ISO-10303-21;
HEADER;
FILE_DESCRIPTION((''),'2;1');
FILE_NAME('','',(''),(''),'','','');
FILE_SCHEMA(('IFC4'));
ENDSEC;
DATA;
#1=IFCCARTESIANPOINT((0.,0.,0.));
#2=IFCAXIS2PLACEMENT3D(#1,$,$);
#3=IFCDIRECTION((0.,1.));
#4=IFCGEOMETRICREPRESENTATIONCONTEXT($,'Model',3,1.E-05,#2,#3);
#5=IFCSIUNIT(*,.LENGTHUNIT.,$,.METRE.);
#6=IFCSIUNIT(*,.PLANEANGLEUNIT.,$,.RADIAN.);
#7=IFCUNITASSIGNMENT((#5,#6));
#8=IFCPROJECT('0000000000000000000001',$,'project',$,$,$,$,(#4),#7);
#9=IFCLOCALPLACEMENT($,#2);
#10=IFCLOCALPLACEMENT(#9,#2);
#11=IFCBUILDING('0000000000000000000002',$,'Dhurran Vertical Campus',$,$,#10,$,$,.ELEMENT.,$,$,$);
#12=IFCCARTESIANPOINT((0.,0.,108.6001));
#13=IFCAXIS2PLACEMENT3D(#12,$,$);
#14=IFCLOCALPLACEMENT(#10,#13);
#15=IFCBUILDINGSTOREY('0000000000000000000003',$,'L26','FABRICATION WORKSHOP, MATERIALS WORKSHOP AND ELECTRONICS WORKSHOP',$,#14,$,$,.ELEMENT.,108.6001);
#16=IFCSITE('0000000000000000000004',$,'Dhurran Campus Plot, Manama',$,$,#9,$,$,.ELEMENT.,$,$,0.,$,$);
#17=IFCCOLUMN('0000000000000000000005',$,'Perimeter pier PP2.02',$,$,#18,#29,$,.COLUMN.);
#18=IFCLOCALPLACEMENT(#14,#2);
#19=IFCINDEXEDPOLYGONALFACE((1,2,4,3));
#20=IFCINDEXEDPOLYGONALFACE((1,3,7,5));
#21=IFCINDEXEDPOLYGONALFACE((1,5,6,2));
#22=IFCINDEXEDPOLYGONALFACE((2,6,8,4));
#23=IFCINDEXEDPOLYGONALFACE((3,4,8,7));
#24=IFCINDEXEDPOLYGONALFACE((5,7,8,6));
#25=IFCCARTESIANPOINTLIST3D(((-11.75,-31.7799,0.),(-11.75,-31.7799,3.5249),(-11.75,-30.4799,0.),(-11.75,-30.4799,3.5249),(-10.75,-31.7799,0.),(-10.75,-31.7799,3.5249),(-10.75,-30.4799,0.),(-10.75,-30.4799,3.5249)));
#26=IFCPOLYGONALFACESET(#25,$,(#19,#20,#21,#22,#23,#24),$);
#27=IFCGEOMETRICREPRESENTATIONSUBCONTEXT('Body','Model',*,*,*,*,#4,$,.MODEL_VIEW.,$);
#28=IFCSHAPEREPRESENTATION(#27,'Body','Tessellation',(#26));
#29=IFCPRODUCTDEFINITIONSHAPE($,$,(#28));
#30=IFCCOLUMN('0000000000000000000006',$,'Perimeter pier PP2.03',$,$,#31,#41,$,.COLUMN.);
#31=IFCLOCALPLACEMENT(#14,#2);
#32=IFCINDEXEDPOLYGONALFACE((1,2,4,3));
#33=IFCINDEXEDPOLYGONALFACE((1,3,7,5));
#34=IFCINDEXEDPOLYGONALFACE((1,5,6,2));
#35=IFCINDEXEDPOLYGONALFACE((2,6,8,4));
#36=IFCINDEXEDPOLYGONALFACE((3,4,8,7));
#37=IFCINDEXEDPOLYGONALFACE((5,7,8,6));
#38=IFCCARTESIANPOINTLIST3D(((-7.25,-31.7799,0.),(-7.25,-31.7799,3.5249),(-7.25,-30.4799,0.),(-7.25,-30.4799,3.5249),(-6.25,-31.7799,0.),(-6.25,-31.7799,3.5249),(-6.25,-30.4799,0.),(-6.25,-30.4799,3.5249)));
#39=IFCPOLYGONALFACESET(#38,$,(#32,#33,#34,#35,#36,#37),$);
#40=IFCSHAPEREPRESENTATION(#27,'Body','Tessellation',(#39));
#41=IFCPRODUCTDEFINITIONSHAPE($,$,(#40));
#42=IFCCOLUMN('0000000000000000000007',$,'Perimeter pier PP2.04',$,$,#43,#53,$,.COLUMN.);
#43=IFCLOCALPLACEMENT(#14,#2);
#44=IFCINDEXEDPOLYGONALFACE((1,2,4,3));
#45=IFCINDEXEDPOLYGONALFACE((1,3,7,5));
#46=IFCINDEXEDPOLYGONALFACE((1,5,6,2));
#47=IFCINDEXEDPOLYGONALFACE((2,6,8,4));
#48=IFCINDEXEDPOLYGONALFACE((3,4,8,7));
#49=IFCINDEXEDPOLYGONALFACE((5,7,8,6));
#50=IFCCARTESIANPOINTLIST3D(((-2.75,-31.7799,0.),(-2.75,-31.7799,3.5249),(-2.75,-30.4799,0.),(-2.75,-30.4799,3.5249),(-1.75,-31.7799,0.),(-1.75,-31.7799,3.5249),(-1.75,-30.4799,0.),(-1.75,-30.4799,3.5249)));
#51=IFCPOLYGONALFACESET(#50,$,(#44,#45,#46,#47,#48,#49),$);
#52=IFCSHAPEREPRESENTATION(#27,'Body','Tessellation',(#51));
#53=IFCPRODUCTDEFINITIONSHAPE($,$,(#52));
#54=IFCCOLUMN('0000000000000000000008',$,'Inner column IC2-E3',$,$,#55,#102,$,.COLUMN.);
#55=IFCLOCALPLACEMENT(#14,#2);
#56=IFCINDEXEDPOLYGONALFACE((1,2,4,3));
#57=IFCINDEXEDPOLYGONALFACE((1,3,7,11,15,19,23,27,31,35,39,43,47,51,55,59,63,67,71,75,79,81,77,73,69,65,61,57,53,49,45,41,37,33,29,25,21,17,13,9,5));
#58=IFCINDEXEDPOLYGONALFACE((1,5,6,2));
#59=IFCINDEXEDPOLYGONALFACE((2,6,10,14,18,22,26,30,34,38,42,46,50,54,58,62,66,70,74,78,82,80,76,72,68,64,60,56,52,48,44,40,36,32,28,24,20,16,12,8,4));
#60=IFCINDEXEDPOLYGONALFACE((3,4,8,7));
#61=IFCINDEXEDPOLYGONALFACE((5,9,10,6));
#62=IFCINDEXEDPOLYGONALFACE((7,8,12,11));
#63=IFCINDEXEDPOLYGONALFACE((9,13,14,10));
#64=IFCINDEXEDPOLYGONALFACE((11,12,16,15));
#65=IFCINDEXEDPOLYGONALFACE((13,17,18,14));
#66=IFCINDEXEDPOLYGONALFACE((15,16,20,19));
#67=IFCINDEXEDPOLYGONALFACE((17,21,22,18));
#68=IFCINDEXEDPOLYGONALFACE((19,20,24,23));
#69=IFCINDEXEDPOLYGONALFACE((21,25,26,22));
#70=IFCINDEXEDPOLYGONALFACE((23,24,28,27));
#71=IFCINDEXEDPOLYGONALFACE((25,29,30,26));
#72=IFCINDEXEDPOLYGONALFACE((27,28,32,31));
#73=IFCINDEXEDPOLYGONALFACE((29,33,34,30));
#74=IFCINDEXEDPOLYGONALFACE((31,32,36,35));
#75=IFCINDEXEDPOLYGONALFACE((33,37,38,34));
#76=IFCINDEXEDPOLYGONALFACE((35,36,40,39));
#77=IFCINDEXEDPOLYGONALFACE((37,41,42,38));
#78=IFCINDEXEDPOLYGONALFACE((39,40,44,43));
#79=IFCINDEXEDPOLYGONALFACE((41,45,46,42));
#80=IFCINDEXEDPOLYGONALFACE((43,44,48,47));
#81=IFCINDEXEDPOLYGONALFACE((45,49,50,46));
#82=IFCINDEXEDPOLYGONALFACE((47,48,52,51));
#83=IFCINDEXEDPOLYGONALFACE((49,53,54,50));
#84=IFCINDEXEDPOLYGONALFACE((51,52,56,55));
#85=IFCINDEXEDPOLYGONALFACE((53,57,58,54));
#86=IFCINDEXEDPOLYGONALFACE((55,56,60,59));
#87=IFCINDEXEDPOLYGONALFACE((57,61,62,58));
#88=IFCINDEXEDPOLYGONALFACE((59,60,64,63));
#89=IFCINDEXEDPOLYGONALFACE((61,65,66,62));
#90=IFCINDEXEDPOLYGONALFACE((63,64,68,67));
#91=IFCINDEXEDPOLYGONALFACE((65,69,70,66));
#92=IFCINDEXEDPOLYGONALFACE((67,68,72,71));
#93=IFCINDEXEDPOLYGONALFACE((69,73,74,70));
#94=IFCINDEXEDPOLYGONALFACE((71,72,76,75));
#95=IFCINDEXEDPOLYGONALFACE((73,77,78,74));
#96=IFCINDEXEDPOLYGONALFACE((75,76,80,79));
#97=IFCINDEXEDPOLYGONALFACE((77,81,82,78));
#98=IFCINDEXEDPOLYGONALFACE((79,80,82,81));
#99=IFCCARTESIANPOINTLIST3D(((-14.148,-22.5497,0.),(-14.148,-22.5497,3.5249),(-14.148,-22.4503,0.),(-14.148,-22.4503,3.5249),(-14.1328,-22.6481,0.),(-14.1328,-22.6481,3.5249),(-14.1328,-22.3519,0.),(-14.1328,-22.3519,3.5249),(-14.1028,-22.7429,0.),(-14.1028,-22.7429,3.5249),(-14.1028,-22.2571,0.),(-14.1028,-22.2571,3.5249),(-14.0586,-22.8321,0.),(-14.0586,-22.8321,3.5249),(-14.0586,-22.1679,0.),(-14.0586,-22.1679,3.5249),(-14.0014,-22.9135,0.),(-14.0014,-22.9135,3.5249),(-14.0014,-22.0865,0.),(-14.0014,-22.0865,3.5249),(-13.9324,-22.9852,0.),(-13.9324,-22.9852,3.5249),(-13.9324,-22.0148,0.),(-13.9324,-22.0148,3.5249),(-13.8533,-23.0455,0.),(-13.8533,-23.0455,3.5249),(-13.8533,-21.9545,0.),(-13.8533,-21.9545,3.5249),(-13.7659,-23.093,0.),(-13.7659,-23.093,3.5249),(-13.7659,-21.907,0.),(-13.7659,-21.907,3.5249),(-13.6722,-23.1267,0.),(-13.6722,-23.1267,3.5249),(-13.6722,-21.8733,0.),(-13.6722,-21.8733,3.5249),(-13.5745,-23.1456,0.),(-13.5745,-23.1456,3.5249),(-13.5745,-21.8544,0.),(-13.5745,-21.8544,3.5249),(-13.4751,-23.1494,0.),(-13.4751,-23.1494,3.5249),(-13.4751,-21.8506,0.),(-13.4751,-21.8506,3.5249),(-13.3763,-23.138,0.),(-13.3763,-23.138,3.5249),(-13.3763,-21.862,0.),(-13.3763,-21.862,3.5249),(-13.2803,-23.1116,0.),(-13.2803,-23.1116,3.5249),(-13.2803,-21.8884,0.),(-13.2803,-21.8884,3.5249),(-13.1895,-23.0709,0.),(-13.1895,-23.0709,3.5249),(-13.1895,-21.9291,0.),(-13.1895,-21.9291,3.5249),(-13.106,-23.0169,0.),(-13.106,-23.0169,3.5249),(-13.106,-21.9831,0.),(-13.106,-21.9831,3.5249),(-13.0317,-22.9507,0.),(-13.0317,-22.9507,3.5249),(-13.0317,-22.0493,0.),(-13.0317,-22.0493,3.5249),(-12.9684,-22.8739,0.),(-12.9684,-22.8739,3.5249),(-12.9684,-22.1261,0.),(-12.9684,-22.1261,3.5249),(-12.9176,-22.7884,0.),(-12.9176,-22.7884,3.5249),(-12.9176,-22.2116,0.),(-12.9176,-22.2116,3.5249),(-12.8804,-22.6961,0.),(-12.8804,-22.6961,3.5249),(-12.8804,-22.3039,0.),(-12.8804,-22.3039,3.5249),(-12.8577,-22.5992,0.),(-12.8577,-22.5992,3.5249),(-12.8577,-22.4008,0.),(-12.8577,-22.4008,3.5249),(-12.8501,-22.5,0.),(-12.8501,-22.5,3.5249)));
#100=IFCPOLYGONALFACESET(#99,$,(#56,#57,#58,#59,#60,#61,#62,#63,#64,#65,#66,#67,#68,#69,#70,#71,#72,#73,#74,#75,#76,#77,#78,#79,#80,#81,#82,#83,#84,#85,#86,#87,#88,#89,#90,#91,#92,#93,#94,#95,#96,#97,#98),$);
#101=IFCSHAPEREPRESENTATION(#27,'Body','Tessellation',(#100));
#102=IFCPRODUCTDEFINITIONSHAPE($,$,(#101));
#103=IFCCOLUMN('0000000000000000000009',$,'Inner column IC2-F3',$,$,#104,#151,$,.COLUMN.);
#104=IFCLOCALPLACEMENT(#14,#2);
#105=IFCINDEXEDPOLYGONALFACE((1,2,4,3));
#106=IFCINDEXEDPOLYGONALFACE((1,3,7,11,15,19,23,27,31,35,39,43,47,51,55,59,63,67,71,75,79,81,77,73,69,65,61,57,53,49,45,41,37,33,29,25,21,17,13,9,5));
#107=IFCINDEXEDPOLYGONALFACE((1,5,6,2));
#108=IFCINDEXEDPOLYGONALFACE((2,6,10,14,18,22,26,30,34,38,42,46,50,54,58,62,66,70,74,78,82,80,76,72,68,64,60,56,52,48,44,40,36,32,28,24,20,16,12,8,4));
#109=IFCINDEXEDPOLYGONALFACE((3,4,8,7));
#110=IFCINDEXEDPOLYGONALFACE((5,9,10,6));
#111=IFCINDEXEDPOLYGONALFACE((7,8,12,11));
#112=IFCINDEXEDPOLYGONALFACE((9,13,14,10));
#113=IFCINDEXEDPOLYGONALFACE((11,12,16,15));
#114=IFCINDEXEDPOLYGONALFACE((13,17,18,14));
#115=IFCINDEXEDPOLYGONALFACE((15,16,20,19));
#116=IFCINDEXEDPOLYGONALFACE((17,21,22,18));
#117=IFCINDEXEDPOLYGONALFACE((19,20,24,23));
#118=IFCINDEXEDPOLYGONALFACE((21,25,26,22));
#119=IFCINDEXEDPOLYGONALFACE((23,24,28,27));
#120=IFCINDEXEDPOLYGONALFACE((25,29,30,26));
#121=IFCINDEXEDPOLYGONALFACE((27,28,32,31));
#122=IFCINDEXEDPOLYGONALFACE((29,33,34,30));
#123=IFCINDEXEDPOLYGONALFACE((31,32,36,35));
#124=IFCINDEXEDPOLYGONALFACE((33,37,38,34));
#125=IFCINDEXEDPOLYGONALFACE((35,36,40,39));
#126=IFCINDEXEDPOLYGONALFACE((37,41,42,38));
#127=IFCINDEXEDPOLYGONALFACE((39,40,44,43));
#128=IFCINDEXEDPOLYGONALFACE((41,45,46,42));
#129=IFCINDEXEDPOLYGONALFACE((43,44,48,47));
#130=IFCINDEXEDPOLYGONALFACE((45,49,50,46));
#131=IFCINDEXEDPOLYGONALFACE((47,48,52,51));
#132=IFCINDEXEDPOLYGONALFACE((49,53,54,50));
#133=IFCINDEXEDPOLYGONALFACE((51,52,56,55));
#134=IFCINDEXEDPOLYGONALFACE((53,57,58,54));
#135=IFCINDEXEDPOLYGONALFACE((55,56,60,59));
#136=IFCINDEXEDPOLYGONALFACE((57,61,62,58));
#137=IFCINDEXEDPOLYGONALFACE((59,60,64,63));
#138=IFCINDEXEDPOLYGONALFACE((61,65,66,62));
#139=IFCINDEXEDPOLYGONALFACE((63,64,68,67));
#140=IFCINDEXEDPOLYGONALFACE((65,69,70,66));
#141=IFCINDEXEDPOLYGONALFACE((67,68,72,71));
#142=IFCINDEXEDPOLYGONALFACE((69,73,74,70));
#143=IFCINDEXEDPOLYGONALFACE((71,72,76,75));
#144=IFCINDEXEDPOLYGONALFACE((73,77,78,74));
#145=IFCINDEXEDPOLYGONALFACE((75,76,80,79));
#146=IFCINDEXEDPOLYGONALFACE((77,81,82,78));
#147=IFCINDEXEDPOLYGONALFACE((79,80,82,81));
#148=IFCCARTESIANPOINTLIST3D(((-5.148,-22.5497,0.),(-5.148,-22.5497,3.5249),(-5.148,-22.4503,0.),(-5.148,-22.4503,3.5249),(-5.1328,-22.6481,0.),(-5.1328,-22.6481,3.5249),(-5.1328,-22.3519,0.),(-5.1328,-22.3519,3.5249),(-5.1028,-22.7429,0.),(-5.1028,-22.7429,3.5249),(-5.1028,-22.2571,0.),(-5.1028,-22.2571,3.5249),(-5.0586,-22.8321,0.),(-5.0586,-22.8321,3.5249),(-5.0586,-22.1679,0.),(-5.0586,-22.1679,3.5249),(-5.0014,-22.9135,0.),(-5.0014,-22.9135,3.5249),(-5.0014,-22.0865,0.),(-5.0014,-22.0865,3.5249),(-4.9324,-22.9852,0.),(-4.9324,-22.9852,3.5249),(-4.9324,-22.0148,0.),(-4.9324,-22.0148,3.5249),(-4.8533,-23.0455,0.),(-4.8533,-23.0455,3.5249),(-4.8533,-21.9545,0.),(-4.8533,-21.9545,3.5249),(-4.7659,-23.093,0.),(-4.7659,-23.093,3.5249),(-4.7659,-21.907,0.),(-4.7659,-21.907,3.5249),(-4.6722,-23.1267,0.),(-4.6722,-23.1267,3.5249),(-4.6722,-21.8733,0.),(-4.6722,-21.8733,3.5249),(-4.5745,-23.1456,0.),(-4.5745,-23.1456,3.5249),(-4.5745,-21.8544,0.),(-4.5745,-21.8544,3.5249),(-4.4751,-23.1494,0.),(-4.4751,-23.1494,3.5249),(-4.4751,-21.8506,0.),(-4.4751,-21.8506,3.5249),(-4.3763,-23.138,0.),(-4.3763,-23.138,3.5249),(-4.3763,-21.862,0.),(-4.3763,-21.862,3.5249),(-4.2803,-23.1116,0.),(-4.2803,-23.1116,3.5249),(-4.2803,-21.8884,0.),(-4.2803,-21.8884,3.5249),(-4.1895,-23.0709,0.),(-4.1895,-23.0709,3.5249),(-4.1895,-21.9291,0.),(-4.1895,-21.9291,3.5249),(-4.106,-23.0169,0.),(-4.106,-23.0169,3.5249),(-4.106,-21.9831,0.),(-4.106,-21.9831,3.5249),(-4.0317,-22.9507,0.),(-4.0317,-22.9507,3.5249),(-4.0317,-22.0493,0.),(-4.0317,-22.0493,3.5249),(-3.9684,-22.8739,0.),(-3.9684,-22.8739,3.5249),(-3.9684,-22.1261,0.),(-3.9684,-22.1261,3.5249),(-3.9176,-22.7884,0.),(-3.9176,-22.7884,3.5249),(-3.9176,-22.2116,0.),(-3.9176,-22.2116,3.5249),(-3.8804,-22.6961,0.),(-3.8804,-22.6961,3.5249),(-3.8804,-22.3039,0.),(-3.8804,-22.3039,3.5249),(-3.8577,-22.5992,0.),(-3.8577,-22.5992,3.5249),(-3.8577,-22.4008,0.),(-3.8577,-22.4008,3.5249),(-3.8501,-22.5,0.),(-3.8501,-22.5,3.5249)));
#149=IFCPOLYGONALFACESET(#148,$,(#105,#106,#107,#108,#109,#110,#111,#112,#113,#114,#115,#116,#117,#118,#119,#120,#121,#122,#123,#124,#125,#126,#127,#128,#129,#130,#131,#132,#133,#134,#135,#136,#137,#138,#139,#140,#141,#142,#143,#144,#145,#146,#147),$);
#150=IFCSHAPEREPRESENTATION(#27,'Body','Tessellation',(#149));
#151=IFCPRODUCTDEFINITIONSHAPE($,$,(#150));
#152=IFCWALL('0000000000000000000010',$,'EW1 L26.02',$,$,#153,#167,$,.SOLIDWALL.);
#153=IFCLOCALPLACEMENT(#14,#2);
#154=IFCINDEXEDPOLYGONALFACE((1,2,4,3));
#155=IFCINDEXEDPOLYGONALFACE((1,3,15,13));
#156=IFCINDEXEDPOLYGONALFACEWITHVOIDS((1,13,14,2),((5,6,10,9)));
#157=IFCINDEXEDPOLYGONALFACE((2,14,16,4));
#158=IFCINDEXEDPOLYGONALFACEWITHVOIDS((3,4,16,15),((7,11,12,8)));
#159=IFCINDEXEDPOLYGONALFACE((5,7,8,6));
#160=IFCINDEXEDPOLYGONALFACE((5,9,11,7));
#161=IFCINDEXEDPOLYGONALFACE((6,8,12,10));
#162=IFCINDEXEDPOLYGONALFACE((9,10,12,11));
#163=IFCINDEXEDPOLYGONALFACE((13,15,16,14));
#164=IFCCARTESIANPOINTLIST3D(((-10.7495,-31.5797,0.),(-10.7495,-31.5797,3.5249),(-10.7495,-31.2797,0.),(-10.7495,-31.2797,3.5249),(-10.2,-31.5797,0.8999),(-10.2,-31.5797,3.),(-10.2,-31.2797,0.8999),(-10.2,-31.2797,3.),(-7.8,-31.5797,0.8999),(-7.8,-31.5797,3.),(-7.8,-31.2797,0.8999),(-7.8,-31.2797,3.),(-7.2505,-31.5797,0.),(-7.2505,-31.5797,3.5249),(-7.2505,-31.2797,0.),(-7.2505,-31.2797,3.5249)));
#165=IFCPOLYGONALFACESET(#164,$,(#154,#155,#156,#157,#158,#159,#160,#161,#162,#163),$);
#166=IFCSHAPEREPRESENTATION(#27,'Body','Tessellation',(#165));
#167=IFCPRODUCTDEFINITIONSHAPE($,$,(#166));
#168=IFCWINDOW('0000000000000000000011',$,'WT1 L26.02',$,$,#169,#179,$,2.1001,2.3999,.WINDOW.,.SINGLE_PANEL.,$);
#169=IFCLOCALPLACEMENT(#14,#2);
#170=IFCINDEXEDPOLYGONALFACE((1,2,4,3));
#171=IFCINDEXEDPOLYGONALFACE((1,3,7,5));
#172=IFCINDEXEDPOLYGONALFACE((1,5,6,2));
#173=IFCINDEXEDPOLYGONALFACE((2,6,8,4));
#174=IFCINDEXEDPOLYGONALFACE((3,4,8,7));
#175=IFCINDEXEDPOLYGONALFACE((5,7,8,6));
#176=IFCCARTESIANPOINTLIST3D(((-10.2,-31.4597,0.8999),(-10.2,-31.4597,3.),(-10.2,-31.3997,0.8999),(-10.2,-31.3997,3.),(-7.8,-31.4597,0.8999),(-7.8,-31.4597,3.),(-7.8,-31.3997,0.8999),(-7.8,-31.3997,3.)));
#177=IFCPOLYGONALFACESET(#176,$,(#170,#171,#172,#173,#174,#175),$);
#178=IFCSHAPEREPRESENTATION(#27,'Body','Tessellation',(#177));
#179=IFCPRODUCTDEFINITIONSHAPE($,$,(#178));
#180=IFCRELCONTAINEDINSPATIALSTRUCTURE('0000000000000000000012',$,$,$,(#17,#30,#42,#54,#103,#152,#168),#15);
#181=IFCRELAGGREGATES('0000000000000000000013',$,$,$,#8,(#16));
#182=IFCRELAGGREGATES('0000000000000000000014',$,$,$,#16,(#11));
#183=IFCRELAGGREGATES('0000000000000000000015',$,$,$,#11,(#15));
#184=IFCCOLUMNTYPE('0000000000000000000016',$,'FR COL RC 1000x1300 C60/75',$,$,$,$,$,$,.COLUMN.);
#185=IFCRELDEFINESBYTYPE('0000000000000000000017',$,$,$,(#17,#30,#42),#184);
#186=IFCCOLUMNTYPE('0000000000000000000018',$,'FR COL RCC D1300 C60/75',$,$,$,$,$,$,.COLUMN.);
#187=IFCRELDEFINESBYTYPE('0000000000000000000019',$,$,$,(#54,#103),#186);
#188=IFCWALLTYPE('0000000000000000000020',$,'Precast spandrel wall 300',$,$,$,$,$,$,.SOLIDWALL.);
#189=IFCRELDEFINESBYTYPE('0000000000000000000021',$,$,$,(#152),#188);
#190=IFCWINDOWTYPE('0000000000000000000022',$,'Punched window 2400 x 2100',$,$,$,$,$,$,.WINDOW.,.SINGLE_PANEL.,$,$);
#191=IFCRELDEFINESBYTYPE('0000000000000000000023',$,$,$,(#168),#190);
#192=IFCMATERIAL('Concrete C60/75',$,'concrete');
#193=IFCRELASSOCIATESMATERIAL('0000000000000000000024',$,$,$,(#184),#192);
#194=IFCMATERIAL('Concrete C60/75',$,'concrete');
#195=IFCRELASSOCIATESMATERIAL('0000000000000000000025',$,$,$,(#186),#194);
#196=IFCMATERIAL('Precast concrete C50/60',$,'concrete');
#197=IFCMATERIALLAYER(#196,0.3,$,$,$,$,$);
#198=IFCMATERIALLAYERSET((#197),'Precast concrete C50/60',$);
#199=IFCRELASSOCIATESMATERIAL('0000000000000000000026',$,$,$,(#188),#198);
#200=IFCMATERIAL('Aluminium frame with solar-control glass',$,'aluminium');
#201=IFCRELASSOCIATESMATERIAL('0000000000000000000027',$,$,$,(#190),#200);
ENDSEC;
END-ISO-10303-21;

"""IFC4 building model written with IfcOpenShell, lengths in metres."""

from ifc_helpers import new_model, si_unit, direction, frame, frame_2d, origin, origin_2d, place, context, subcontext, project, spatial, rectangle, circle, extrude, material, layer, layer_set, material_profile, profile_set, type_object, element, fill, save


model = new_model("IFC4")

# Units and contexts
model_context = context("Model", 3, precision=1e-05, world=origin(), true_north=direction((0.0, 1.0)))
body_context = subcontext(model_context, "Body", "Model", "MODEL_VIEW")
ifc_project = project(units=[si_unit("LENGTHUNIT", "METRE"), si_unit("PLANEANGLEUNIT", "RADIAN")], contexts=[model_context])

# Site, building, storey
site_placement = place(None, origin())
site = spatial("IfcSite", under=ifc_project, at=site_placement, Name="Dhurran Campus Plot, Manama", CompositionType="ELEMENT", RefElevation=0.0)
building_placement = place(site_placement, origin())
building = spatial("IfcBuilding", under=site, at=building_placement, Name="Dhurran Vertical Campus", CompositionType="ELEMENT")
storey_placement = place(building_placement, frame((0.0, 0.0, 108.6001)))
storey = spatial("IfcBuildingStorey", under=building, at=storey_placement, Name="L26", Description="FABRICATION WORKSHOP, MATERIALS WORKSHOP AND ELECTRONICS WORKSHOP", CompositionType="ELEMENT", Elevation=108.6001)

# Columns
ifc_material_1 = material(Name="Concrete C60/75", Category="concrete")
ifc_material_profile_1 = material_profile(ifc_material_1, rectangle(XDim=1.0, YDim=1.3, at=origin_2d()), Name="RC 1000x1300")
ifc_profile_set_1 = profile_set([ifc_material_profile_1], Name="Concrete C60/75")
column_type_1 = type_object("IfcColumnType", Name="FR COL RC 1000x1300 C60/75", PredefinedType="COLUMN", material=ifc_profile_set_1)
for number, where, z_axis, x_axis, name in (
    (1, (-11.25, -31.1299, 0.0), (0.0, 0.0, 1.0), (1.0, 0.0, 0.0), "Perimeter pier PP2.02"),
    (2, (-6.75, -31.1299, 0.0), (0.0, 0.0, 1.0), (1.0, 0.0, 0.0), "Perimeter pier PP2.03"),
    (3, (-2.25, -31.1299, 0.0), (0.0, 0.0, 1.0), (1.0, 0.0, 0.0), "Perimeter pier PP2.04"),
):
    element("IfcColumn", number, at=place(storey_placement, frame(where, z_axis=z_axis, x_axis=x_axis)), inside=storey, type_object=column_type_1, Name=name, PredefinedType="COLUMN", context=body_context, shape_type="SweptSolid", body=[
        extrude(rectangle(XDim=1.0, YDim=1.3, at=origin_2d()), origin(), (0.0, 0.0, 1.0), 3.5249),
    ])
ifc_material_2 = material(Name="Concrete C60/75", Category="concrete")
ifc_material_profile_2 = material_profile(ifc_material_2, circle(Radius=0.6499, at=origin_2d()), Name="RCC D1300")
ifc_profile_set_2 = profile_set([ifc_material_profile_2], Name="Concrete C60/75")
column_type_2 = type_object("IfcColumnType", Name="FR COL RCC D1300 C60/75", PredefinedType="COLUMN", material=ifc_profile_set_2)
for number, where, z_axis, x_axis, name in (
    (4, (-13.5, -22.5, 0.0), (0.0, 0.0, 1.0), (1.0, 0.0, 0.0), "Inner column IC2-E3"),
    (5, (-4.5, -22.5, 0.0), (0.0, 0.0, 1.0), (1.0, 0.0, 0.0), "Inner column IC2-F3"),
):
    element("IfcColumn", number, at=place(storey_placement, frame(where, z_axis=z_axis, x_axis=x_axis)), inside=storey, type_object=column_type_2, Name=name, PredefinedType="COLUMN", context=body_context, shape_type="SweptSolid", body=[
        extrude(circle(Radius=0.6499, at=origin_2d()), origin(), (0.0, 0.0, 1.0), 3.5249),
    ])

# Wall, opening, window
ifc_material_3 = material(Name="Precast concrete C50/60", Category="concrete")
ifc_layer_1 = layer(ifc_material_3, 0.3)
ifc_layer_set_1 = layer_set([ifc_layer_1], Name="Precast concrete C50/60")
wall_type_1 = type_object("IfcWallType", Name="Precast spandrel wall 300", PredefinedType="SOLIDWALL", material=ifc_layer_set_1)
wall_1_placement = place(storey_placement, frame((-10.7495, -31.4297, 0.0), z_axis=(0.0, 0.0, 1.0), x_axis=(1.0, 0.0, 0.0)))
wall_1 = element("IfcWall", 6, at=wall_1_placement, inside=storey, type_object=wall_type_1, Name="EW1 L26.02", PredefinedType="SOLIDWALL", context=body_context, shape_type="SweptSolid", body=[
    extrude(rectangle(XDim=3.499, YDim=0.3, at=frame_2d((1.7495, 0.0))), origin(), (0.0, 0.0, 1.0), 3.5249),
])
opening_1_placement = place(wall_1_placement, frame((0.5496, 0.0, 0.8999)))
opening_1 = element("IfcOpeningElement", 7, at=opening_1_placement, cuts=wall_1, PredefinedType="OPENING", context=body_context, shape_type="SweptSolid", body=[
    extrude(rectangle(XDim=2.3999, YDim=2.1001, at=frame_2d((1.2, 1.05))), frame((0.0, 0.1599, 0.0), z_axis=(0.0, -1.0, 0.0), x_axis=(1.0, 0.0, 0.0)), (0.0, 0.0, 1.0), 0.3201),
])
ifc_material_4 = material(Name="Aluminium frame with solar-control glass", Category="aluminium")
window_type = type_object("IfcWindowType", Name="Punched window 2400 x 2100", PartitioningType="SINGLE_PANEL", PredefinedType="WINDOW", material=ifc_material_4)
window_1_placement = place(opening_1_placement, origin())
window_1 = element("IfcWindow", 8, at=window_1_placement, inside=storey, type_object=window_type, Name="WT1 L26.02", OverallHeight=2.1001, OverallWidth=2.3999, PartitioningType="SINGLE_PANEL", PredefinedType="WINDOW", context=body_context, shape_type="SweptSolid", body=[
    extrude(rectangle(XDim=2.3999, YDim=2.1001, at=frame_2d((1.2, 1.05))), frame((0.0, 0.03, 0.0), z_axis=(0.0, -1.0, 0.0), x_axis=(1.0, 0.0, 0.0)), (0.0, 0.0, 1.0), 0.0601),
])
fill(opening_1, window_1)

save(model, "model.ifc")
